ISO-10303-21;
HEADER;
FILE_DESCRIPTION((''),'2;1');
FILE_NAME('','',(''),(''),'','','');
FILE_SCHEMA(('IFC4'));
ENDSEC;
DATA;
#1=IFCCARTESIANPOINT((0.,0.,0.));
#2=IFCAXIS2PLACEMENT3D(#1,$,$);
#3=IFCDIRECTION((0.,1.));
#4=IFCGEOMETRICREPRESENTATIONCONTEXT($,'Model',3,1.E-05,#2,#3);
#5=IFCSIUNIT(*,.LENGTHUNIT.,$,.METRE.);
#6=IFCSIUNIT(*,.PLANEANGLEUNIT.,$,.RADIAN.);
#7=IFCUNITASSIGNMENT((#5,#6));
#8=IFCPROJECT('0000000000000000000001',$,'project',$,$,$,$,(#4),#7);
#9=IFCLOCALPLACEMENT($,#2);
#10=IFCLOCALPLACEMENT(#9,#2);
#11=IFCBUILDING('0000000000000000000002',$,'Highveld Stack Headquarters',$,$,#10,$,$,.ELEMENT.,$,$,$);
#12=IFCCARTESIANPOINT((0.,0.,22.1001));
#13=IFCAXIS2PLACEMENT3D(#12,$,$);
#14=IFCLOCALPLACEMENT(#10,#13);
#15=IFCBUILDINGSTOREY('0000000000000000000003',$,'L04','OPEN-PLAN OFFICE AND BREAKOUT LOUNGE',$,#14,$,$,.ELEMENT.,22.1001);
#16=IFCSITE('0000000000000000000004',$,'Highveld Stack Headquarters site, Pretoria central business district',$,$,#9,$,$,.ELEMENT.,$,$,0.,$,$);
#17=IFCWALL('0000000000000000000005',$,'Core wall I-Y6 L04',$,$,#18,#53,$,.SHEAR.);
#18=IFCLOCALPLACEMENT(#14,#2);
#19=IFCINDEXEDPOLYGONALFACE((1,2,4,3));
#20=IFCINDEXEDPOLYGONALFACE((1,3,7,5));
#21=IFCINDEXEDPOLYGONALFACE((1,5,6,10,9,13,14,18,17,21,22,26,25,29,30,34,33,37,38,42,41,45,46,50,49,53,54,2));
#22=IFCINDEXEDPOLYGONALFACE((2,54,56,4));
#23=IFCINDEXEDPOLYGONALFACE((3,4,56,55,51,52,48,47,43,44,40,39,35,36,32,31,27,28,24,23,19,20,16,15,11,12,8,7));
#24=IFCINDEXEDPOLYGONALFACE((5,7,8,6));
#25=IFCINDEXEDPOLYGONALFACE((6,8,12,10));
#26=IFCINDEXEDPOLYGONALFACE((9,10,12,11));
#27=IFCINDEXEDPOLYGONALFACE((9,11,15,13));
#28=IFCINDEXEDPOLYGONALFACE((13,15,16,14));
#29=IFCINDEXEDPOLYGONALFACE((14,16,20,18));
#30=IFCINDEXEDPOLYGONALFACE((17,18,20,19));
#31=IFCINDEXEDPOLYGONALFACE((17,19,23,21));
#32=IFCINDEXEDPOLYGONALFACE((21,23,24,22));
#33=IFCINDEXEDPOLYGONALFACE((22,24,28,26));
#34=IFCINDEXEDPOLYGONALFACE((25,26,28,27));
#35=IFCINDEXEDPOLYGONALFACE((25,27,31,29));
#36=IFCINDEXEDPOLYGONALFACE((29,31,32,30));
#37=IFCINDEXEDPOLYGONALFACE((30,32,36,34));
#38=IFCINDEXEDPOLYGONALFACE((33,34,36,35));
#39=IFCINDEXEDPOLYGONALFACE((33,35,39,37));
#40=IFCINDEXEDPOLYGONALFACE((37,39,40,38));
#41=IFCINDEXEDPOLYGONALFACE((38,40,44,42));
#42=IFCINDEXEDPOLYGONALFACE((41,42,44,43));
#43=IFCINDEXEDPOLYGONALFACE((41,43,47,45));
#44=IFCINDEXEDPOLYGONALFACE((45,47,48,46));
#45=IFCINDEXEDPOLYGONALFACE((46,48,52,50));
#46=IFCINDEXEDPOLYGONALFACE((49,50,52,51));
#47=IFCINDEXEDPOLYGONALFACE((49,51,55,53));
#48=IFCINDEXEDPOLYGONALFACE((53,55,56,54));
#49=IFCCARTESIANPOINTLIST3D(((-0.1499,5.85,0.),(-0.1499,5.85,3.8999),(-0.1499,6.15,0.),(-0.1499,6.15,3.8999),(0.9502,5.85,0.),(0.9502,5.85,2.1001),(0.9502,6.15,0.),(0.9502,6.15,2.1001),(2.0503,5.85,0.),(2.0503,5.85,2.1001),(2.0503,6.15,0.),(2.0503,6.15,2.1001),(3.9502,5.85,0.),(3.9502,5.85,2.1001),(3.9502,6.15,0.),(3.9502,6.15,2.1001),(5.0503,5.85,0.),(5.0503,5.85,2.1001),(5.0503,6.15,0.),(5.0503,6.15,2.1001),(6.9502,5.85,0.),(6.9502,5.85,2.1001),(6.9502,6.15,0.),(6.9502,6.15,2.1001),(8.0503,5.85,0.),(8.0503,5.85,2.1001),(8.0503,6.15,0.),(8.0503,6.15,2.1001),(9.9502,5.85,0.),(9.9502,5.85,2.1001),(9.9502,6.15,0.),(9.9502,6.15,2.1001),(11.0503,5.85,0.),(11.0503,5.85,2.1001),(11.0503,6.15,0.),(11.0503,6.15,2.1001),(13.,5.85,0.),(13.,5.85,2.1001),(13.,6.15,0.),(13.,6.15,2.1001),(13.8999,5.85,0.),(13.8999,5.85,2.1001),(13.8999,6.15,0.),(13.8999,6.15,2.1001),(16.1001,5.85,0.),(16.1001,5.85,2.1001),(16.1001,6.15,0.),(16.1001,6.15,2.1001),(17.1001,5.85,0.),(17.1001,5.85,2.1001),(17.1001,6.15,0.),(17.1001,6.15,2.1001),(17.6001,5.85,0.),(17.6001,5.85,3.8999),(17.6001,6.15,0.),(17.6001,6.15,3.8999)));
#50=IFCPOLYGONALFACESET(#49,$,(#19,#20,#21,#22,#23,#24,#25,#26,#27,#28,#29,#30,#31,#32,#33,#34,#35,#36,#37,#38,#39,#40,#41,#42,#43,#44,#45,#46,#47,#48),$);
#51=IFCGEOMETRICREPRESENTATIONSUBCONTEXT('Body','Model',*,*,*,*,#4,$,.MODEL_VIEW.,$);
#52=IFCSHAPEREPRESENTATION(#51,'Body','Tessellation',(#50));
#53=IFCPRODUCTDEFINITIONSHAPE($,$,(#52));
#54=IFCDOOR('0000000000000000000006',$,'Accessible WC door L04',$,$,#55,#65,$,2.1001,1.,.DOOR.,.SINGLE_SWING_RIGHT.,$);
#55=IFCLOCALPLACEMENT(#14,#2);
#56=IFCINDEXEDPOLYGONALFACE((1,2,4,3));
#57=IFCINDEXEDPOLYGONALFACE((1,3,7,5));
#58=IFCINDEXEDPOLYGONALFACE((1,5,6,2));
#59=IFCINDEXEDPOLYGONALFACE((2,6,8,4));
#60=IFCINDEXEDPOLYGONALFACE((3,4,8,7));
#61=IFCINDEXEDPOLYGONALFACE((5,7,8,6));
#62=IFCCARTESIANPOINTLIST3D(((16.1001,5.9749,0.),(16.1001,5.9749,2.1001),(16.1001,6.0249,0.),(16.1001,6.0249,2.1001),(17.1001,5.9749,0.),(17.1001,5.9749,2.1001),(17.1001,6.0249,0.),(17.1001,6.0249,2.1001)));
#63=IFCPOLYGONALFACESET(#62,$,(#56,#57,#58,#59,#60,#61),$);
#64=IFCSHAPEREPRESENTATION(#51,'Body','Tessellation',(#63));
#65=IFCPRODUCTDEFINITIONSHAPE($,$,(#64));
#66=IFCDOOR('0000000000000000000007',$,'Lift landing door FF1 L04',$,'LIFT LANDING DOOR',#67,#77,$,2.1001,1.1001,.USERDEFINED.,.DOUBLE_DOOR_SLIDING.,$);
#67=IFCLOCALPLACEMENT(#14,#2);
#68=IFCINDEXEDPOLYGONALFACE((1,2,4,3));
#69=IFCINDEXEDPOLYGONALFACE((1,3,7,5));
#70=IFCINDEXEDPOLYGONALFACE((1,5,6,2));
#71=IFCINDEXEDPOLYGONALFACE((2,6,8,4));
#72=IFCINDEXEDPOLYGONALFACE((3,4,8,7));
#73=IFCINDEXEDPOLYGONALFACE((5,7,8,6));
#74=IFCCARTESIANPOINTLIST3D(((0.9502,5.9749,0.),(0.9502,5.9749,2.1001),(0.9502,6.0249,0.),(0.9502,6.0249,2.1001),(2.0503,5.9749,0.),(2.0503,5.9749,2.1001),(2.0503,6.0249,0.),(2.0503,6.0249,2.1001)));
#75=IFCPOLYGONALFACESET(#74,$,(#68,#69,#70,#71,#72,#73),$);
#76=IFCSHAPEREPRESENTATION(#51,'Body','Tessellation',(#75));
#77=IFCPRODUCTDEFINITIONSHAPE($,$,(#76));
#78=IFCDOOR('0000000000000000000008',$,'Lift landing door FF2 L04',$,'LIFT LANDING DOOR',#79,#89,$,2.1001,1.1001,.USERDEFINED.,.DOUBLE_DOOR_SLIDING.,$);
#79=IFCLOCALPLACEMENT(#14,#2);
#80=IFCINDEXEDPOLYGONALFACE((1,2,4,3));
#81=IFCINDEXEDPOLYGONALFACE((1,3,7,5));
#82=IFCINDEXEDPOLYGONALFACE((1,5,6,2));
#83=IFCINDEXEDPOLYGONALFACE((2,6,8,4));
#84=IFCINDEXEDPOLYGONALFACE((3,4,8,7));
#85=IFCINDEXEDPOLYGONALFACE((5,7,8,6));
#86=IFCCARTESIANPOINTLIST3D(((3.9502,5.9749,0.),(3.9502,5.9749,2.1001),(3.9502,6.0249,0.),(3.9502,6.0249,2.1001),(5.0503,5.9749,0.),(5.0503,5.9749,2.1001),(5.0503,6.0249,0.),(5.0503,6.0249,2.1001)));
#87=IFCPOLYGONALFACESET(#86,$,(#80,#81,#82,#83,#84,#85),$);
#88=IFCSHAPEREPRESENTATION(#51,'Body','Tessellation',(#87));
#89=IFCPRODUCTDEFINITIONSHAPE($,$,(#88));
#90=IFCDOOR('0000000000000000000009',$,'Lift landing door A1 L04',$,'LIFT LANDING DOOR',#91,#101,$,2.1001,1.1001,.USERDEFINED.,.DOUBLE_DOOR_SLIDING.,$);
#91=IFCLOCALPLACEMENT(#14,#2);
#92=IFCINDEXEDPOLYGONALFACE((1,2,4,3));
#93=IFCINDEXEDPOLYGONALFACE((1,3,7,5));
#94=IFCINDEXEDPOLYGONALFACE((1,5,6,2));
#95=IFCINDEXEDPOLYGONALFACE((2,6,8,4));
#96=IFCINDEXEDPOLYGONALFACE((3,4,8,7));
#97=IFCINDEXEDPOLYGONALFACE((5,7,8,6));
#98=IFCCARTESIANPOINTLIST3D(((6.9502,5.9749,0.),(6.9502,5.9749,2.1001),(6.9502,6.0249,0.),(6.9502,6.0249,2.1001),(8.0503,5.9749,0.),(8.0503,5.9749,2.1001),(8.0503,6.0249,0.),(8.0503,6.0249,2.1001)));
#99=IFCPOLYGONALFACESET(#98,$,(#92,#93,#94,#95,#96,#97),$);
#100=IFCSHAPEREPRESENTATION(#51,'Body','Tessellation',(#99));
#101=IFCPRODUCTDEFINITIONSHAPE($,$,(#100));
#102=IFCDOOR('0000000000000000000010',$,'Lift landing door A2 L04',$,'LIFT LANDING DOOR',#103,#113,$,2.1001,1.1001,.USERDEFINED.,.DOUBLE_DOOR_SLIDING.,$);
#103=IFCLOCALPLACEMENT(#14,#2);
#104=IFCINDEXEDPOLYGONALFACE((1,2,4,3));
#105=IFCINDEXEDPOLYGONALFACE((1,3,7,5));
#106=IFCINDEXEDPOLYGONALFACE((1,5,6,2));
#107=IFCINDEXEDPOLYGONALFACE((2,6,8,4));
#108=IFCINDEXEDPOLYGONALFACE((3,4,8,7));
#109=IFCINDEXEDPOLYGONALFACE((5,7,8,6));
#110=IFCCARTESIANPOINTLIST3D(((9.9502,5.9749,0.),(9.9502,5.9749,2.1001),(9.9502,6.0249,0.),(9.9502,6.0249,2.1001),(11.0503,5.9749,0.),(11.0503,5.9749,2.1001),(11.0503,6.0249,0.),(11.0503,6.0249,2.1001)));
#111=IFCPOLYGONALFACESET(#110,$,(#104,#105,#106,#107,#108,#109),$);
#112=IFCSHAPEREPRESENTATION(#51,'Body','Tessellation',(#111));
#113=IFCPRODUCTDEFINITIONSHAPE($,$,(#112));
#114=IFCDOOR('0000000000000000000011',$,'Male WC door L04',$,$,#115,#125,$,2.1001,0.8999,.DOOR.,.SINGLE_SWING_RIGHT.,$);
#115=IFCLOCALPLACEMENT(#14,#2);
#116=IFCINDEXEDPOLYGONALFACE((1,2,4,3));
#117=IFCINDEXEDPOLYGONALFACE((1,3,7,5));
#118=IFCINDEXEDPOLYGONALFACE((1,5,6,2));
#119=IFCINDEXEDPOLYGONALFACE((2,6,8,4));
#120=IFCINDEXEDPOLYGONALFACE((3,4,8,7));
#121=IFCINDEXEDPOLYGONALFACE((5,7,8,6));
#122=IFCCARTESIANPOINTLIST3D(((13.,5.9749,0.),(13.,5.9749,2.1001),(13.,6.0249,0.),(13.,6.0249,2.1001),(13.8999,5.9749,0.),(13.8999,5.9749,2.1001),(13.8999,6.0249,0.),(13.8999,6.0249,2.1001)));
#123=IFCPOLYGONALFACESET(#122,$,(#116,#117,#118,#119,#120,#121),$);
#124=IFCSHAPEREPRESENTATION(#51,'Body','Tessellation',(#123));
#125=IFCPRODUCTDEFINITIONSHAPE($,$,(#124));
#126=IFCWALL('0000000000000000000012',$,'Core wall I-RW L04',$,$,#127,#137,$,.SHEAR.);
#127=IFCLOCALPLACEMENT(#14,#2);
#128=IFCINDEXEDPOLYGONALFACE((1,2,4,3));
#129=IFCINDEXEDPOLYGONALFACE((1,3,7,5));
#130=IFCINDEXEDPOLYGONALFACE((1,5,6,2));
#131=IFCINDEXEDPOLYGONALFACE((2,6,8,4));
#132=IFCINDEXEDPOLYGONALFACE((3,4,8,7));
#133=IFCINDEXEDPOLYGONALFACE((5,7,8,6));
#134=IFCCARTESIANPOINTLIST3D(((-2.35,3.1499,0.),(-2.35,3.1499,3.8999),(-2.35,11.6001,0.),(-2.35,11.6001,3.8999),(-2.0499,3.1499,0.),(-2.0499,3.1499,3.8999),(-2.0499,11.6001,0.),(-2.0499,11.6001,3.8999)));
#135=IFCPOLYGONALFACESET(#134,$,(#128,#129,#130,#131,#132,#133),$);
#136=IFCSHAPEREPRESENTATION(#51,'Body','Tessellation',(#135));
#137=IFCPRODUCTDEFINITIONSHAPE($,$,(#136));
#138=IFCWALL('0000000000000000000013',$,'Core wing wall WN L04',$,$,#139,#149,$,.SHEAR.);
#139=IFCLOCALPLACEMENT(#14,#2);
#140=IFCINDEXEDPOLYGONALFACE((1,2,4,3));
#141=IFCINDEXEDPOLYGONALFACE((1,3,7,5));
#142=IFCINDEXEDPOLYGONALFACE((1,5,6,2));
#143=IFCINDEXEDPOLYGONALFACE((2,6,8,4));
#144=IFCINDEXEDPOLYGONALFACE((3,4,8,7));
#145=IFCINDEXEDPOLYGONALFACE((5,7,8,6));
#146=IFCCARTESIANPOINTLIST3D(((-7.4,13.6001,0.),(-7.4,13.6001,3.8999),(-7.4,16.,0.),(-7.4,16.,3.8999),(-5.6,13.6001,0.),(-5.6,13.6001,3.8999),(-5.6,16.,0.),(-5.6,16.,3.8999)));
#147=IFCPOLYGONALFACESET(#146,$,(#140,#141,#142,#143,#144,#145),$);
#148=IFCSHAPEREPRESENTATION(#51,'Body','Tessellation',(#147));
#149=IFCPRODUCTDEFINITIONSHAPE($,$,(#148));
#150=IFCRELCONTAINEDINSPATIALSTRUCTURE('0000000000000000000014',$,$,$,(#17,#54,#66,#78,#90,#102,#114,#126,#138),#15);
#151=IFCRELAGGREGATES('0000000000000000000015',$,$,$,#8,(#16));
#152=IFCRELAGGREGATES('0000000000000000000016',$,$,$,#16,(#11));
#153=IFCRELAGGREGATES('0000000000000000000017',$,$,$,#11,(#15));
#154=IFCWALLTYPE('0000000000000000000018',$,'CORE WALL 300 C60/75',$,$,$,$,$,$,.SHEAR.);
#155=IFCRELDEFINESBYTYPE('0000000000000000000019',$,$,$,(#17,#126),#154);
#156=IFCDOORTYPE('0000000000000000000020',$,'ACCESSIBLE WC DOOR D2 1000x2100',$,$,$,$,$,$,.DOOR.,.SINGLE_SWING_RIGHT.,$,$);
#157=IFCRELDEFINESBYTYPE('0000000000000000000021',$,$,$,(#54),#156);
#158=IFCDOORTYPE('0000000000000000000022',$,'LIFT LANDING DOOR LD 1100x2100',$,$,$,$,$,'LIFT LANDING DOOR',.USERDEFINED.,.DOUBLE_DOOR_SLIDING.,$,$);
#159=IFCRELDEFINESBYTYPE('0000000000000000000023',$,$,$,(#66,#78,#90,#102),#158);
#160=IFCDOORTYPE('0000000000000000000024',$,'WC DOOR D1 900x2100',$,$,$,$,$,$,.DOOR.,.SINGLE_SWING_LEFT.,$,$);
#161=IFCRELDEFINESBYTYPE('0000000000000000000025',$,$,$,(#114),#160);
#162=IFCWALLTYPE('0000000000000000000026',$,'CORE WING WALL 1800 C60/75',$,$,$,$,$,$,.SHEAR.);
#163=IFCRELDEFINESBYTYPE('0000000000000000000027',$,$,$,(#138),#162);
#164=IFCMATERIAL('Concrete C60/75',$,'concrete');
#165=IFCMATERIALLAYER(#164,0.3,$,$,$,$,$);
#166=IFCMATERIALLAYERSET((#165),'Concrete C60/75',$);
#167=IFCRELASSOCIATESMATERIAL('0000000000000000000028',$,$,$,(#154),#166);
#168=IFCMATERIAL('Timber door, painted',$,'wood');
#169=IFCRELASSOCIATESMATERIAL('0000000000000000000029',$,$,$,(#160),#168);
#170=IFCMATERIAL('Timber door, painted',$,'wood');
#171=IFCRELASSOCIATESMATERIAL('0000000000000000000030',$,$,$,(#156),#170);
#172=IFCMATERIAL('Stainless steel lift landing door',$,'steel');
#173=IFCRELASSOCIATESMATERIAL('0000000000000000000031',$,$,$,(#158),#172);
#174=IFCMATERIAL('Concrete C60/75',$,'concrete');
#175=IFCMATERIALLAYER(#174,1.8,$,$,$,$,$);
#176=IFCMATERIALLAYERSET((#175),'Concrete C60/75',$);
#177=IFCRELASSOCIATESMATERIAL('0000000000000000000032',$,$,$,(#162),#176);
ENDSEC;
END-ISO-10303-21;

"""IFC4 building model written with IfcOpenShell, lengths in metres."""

from ifc_helpers import new_model, si_unit, direction, frame, frame_2d, origin, place, context, subcontext, project, spatial, rectangle, extrude, material, layer, layer_set, type_object, element, fill, save


model = new_model("IFC4")

# Units and contexts
model_context = context("Model", 3, precision=1e-05, world=origin(), true_north=direction((0.0, 1.0)))
body_context = subcontext(model_context, "Body", "Model", "MODEL_VIEW")
ifc_project = project(units=[si_unit("LENGTHUNIT", "METRE"), si_unit("PLANEANGLEUNIT", "RADIAN")], contexts=[model_context])

# Site, building, storey
site_placement = place(None, origin())
site = spatial("IfcSite", under=ifc_project, at=site_placement, Name="Highveld Stack Headquarters site, Pretoria central business district", CompositionType="ELEMENT", RefElevation=0.0)
building_placement = place(site_placement, origin())
building = spatial("IfcBuilding", under=site, at=building_placement, Name="Highveld Stack Headquarters", CompositionType="ELEMENT")
storey_placement = place(building_placement, frame((0.0, 0.0, 22.1001)))
storey = spatial("IfcBuildingStorey", under=building, at=storey_placement, Name="L04", Description="OPEN-PLAN OFFICE AND BREAKOUT LOUNGE", CompositionType="ELEMENT", Elevation=22.1001)

# Wall, openings, doors
ifc_material_1 = material(Name="Concrete C60/75", Category="concrete")
ifc_layer_1 = layer(ifc_material_1, 0.3)
ifc_layer_set_1 = layer_set([ifc_layer_1], Name="Concrete C60/75")
wall_type_1 = type_object("IfcWallType", Name="CORE WALL 300 C60/75", PredefinedType="SHEAR", material=ifc_layer_set_1)
ifc_material_2 = material(Name="Timber door, painted", Category="wood")
door_type_1 = type_object("IfcDoorType", Name="WC DOOR D1 900x2100", OperationType="SINGLE_SWING_LEFT", PredefinedType="DOOR", material=ifc_material_2)
wall_1_placement = place(storey_placement, frame((-0.1499, 6.0, 0.0), z_axis=(0.0, 0.0, 1.0), x_axis=(1.0, 0.0, 0.0)))
wall_1 = element("IfcWall", 1, at=wall_1_placement, inside=storey, type_object=wall_type_1, Name="Core wall I-Y6 L04", PredefinedType="SHEAR", context=body_context, shape_type="SweptSolid", body=[
    extrude(rectangle(XDim=17.75, YDim=0.3, at=frame_2d((8.875, 0.0))), origin(), (0.0, 0.0, 1.0), 3.8999),
])
opening_1_placement = place(wall_1_placement, frame((13.1499, 0.0, 0.0)))
opening_1 = element("IfcOpeningElement", 2, at=opening_1_placement, cuts=wall_1, PredefinedType="OPENING", context=body_context, shape_type="SweptSolid", body=[
    extrude(rectangle(XDim=0.8999, YDim=2.1001, at=frame_2d((0.45, 1.05))), frame((0.0, 0.1599, 0.0), z_axis=(0.0, -1.0, 0.0), x_axis=(1.0, 0.0, 0.0)), (0.0, 0.0, 1.0), 0.3201),
])
opening_2_placement = place(wall_1_placement, frame((16.25, 0.0, 0.0)))
opening_2 = element("IfcOpeningElement", 3, at=opening_2_placement, cuts=wall_1, PredefinedType="OPENING", context=body_context, shape_type="SweptSolid", body=[
    extrude(rectangle(XDim=1.0, YDim=2.1001, at=frame_2d((0.5, 1.05))), frame((0.0, 0.1599, 0.0), z_axis=(0.0, -1.0, 0.0), x_axis=(1.0, 0.0, 0.0)), (0.0, 0.0, 1.0), 0.3201),
])
opening_3_placement = place(wall_1_placement, frame((1.1001, 0.0, 0.0)))
opening_3 = element("IfcOpeningElement", 4, at=opening_3_placement, cuts=wall_1, PredefinedType="OPENING", context=body_context, shape_type="SweptSolid", body=[
    extrude(rectangle(XDim=1.1001, YDim=2.1001, at=frame_2d((0.55, 1.05))), frame((0.0, 0.1599, 0.0), z_axis=(0.0, -1.0, 0.0), x_axis=(1.0, 0.0, 0.0)), (0.0, 0.0, 1.0), 0.3201),
])
opening_4_placement = place(wall_1_placement, frame((4.1001, 0.0, 0.0)))
opening_4 = element("IfcOpeningElement", 5, at=opening_4_placement, cuts=wall_1, PredefinedType="OPENING", context=body_context, shape_type="SweptSolid", body=[
    extrude(rectangle(XDim=1.1001, YDim=2.1001, at=frame_2d((0.55, 1.05))), frame((0.0, 0.1599, 0.0), z_axis=(0.0, -1.0, 0.0), x_axis=(1.0, 0.0, 0.0)), (0.0, 0.0, 1.0), 0.3201),
])
opening_5_placement = place(wall_1_placement, frame((7.1001, 0.0, 0.0)))
opening_5 = element("IfcOpeningElement", 6, at=opening_5_placement, cuts=wall_1, PredefinedType="OPENING", context=body_context, shape_type="SweptSolid", body=[
    extrude(rectangle(XDim=1.1001, YDim=2.1001, at=frame_2d((0.55, 1.05))), frame((0.0, 0.1599, 0.0), z_axis=(0.0, -1.0, 0.0), x_axis=(1.0, 0.0, 0.0)), (0.0, 0.0, 1.0), 0.3201),
])
opening_6_placement = place(wall_1_placement, frame((10.1001, 0.0, 0.0)))
opening_6 = element("IfcOpeningElement", 7, at=opening_6_placement, cuts=wall_1, PredefinedType="OPENING", context=body_context, shape_type="SweptSolid", body=[
    extrude(rectangle(XDim=1.1001, YDim=2.1001, at=frame_2d((0.55, 1.05))), frame((0.0, 0.1599, 0.0), z_axis=(0.0, -1.0, 0.0), x_axis=(1.0, 0.0, 0.0)), (0.0, 0.0, 1.0), 0.3201),
])
ifc_material_3 = material(Name="Timber door, painted", Category="wood")
door_type_2 = type_object("IfcDoorType", Name="ACCESSIBLE WC DOOR D2 1000x2100", OperationType="SINGLE_SWING_RIGHT", PredefinedType="DOOR", material=ifc_material_3)
door_1_placement = place(opening_2_placement, origin())
door_1 = element("IfcDoor", 8, at=door_1_placement, inside=storey, type_object=door_type_2, Name="Accessible WC door L04", OperationType="SINGLE_SWING_RIGHT", OverallHeight=2.1001, OverallWidth=1.0, PredefinedType="DOOR", context=body_context, shape_type="SweptSolid", body=[
    extrude(rectangle(XDim=1.0, YDim=2.1001, at=frame_2d((0.5, 1.05))), frame((0.0, 0.0249, 0.0), z_axis=(0.0, -1.0, 0.0), x_axis=(1.0, 0.0, 0.0)), (0.0, 0.0, 1.0), 0.05),
])
fill(opening_2, door_1)
ifc_material_4 = material(Name="Stainless steel lift landing door", Category="steel")
door_type_3 = type_object("IfcDoorType", Name="LIFT LANDING DOOR LD 1100x2100", ElementType="LIFT LANDING DOOR", OperationType="DOUBLE_DOOR_SLIDING", PredefinedType="USERDEFINED", material=ifc_material_4)
door_2_placement = place(opening_3_placement, origin())
door_2 = element("IfcDoor", 9, at=door_2_placement, inside=storey, type_object=door_type_3, Name="Lift landing door FF1 L04", ObjectType="LIFT LANDING DOOR", OperationType="DOUBLE_DOOR_SLIDING", OverallHeight=2.1001, OverallWidth=1.1001, PredefinedType="USERDEFINED", context=body_context, shape_type="SweptSolid", body=[
    extrude(rectangle(XDim=1.1001, YDim=2.1001, at=frame_2d((0.55, 1.05))), frame((0.0, 0.0249, 0.0), z_axis=(0.0, -1.0, 0.0), x_axis=(1.0, 0.0, 0.0)), (0.0, 0.0, 1.0), 0.05),
])
fill(opening_3, door_2)
door_3_placement = place(opening_4_placement, origin())
door_3 = element("IfcDoor", 10, at=door_3_placement, inside=storey, type_object=door_type_3, Name="Lift landing door FF2 L04", ObjectType="LIFT LANDING DOOR", OperationType="DOUBLE_DOOR_SLIDING", OverallHeight=2.1001, OverallWidth=1.1001, PredefinedType="USERDEFINED", context=body_context, shape_type="SweptSolid", body=[
    extrude(rectangle(XDim=1.1001, YDim=2.1001, at=frame_2d((0.55, 1.05))), frame((0.0, 0.0249, 0.0), z_axis=(0.0, -1.0, 0.0), x_axis=(1.0, 0.0, 0.0)), (0.0, 0.0, 1.0), 0.05),
])
fill(opening_4, door_3)
door_4_placement = place(opening_5_placement, origin())
door_4 = element("IfcDoor", 11, at=door_4_placement, inside=storey, type_object=door_type_3, Name="Lift landing door A1 L04", ObjectType="LIFT LANDING DOOR", OperationType="DOUBLE_DOOR_SLIDING", OverallHeight=2.1001, OverallWidth=1.1001, PredefinedType="USERDEFINED", context=body_context, shape_type="SweptSolid", body=[
    extrude(rectangle(XDim=1.1001, YDim=2.1001, at=frame_2d((0.55, 1.05))), frame((0.0, 0.0249, 0.0), z_axis=(0.0, -1.0, 0.0), x_axis=(1.0, 0.0, 0.0)), (0.0, 0.0, 1.0), 0.05),
])
fill(opening_5, door_4)
door_5_placement = place(opening_6_placement, origin())
door_5 = element("IfcDoor", 12, at=door_5_placement, inside=storey, type_object=door_type_3, Name="Lift landing door A2 L04", ObjectType="LIFT LANDING DOOR", OperationType="DOUBLE_DOOR_SLIDING", OverallHeight=2.1001, OverallWidth=1.1001, PredefinedType="USERDEFINED", context=body_context, shape_type="SweptSolid", body=[
    extrude(rectangle(XDim=1.1001, YDim=2.1001, at=frame_2d((0.55, 1.05))), frame((0.0, 0.0249, 0.0), z_axis=(0.0, -1.0, 0.0), x_axis=(1.0, 0.0, 0.0)), (0.0, 0.0, 1.0), 0.05),
])
fill(opening_6, door_5)
door_6_placement = place(opening_1_placement, origin())
door_6 = element("IfcDoor", 13, at=door_6_placement, inside=storey, type_object=door_type_1, Name="Male WC door L04", OperationType="SINGLE_SWING_RIGHT", OverallHeight=2.1001, OverallWidth=0.8999, PredefinedType="DOOR", context=body_context, shape_type="SweptSolid", body=[
    extrude(rectangle(XDim=0.8999, YDim=2.1001, at=frame_2d((0.45, 1.05))), frame((0.0, 0.0249, 0.0), z_axis=(0.0, -1.0, 0.0), x_axis=(1.0, 0.0, 0.0)), (0.0, 0.0, 1.0), 0.05),
])
fill(opening_1, door_6)

# Walls
wall_2_placement = place(storey_placement, frame((-2.2, 3.1499, 0.0), z_axis=(0.0, 0.0, 1.0), x_axis=(0.0, 1.0, 0.0)))
element("IfcWall", 14, at=wall_2_placement, inside=storey, type_object=wall_type_1, Name="Core wall I-RW L04", PredefinedType="SHEAR", context=body_context, shape_type="SweptSolid", body=[
    extrude(rectangle(XDim=8.4502, YDim=0.3, at=frame_2d((4.2251, 0.0))), origin(), (0.0, 0.0, 1.0), 3.8999),
])
ifc_material_5 = material(Name="Concrete C60/75", Category="concrete")
ifc_layer_2 = layer(ifc_material_5, 1.8)
ifc_layer_set_2 = layer_set([ifc_layer_2], Name="Concrete C60/75")
wall_type_2 = type_object("IfcWallType", Name="CORE WING WALL 1800 C60/75", PredefinedType="SHEAR", material=ifc_layer_set_2)
wall_3_placement = place(storey_placement, frame((-6.5, 13.6001, 0.0), z_axis=(0.0, 0.0, 1.0), x_axis=(0.0, 1.0, 0.0)))
element("IfcWall", 15, at=wall_3_placement, inside=storey, type_object=wall_type_2, Name="Core wing wall WN L04", PredefinedType="SHEAR", context=body_context, shape_type="SweptSolid", body=[
    extrude(rectangle(XDim=2.3999, YDim=1.8, at=frame_2d((1.2, 0.0))), origin(), (0.0, 0.0, 1.0), 3.8999),
])

save(model, "model.ifc")
